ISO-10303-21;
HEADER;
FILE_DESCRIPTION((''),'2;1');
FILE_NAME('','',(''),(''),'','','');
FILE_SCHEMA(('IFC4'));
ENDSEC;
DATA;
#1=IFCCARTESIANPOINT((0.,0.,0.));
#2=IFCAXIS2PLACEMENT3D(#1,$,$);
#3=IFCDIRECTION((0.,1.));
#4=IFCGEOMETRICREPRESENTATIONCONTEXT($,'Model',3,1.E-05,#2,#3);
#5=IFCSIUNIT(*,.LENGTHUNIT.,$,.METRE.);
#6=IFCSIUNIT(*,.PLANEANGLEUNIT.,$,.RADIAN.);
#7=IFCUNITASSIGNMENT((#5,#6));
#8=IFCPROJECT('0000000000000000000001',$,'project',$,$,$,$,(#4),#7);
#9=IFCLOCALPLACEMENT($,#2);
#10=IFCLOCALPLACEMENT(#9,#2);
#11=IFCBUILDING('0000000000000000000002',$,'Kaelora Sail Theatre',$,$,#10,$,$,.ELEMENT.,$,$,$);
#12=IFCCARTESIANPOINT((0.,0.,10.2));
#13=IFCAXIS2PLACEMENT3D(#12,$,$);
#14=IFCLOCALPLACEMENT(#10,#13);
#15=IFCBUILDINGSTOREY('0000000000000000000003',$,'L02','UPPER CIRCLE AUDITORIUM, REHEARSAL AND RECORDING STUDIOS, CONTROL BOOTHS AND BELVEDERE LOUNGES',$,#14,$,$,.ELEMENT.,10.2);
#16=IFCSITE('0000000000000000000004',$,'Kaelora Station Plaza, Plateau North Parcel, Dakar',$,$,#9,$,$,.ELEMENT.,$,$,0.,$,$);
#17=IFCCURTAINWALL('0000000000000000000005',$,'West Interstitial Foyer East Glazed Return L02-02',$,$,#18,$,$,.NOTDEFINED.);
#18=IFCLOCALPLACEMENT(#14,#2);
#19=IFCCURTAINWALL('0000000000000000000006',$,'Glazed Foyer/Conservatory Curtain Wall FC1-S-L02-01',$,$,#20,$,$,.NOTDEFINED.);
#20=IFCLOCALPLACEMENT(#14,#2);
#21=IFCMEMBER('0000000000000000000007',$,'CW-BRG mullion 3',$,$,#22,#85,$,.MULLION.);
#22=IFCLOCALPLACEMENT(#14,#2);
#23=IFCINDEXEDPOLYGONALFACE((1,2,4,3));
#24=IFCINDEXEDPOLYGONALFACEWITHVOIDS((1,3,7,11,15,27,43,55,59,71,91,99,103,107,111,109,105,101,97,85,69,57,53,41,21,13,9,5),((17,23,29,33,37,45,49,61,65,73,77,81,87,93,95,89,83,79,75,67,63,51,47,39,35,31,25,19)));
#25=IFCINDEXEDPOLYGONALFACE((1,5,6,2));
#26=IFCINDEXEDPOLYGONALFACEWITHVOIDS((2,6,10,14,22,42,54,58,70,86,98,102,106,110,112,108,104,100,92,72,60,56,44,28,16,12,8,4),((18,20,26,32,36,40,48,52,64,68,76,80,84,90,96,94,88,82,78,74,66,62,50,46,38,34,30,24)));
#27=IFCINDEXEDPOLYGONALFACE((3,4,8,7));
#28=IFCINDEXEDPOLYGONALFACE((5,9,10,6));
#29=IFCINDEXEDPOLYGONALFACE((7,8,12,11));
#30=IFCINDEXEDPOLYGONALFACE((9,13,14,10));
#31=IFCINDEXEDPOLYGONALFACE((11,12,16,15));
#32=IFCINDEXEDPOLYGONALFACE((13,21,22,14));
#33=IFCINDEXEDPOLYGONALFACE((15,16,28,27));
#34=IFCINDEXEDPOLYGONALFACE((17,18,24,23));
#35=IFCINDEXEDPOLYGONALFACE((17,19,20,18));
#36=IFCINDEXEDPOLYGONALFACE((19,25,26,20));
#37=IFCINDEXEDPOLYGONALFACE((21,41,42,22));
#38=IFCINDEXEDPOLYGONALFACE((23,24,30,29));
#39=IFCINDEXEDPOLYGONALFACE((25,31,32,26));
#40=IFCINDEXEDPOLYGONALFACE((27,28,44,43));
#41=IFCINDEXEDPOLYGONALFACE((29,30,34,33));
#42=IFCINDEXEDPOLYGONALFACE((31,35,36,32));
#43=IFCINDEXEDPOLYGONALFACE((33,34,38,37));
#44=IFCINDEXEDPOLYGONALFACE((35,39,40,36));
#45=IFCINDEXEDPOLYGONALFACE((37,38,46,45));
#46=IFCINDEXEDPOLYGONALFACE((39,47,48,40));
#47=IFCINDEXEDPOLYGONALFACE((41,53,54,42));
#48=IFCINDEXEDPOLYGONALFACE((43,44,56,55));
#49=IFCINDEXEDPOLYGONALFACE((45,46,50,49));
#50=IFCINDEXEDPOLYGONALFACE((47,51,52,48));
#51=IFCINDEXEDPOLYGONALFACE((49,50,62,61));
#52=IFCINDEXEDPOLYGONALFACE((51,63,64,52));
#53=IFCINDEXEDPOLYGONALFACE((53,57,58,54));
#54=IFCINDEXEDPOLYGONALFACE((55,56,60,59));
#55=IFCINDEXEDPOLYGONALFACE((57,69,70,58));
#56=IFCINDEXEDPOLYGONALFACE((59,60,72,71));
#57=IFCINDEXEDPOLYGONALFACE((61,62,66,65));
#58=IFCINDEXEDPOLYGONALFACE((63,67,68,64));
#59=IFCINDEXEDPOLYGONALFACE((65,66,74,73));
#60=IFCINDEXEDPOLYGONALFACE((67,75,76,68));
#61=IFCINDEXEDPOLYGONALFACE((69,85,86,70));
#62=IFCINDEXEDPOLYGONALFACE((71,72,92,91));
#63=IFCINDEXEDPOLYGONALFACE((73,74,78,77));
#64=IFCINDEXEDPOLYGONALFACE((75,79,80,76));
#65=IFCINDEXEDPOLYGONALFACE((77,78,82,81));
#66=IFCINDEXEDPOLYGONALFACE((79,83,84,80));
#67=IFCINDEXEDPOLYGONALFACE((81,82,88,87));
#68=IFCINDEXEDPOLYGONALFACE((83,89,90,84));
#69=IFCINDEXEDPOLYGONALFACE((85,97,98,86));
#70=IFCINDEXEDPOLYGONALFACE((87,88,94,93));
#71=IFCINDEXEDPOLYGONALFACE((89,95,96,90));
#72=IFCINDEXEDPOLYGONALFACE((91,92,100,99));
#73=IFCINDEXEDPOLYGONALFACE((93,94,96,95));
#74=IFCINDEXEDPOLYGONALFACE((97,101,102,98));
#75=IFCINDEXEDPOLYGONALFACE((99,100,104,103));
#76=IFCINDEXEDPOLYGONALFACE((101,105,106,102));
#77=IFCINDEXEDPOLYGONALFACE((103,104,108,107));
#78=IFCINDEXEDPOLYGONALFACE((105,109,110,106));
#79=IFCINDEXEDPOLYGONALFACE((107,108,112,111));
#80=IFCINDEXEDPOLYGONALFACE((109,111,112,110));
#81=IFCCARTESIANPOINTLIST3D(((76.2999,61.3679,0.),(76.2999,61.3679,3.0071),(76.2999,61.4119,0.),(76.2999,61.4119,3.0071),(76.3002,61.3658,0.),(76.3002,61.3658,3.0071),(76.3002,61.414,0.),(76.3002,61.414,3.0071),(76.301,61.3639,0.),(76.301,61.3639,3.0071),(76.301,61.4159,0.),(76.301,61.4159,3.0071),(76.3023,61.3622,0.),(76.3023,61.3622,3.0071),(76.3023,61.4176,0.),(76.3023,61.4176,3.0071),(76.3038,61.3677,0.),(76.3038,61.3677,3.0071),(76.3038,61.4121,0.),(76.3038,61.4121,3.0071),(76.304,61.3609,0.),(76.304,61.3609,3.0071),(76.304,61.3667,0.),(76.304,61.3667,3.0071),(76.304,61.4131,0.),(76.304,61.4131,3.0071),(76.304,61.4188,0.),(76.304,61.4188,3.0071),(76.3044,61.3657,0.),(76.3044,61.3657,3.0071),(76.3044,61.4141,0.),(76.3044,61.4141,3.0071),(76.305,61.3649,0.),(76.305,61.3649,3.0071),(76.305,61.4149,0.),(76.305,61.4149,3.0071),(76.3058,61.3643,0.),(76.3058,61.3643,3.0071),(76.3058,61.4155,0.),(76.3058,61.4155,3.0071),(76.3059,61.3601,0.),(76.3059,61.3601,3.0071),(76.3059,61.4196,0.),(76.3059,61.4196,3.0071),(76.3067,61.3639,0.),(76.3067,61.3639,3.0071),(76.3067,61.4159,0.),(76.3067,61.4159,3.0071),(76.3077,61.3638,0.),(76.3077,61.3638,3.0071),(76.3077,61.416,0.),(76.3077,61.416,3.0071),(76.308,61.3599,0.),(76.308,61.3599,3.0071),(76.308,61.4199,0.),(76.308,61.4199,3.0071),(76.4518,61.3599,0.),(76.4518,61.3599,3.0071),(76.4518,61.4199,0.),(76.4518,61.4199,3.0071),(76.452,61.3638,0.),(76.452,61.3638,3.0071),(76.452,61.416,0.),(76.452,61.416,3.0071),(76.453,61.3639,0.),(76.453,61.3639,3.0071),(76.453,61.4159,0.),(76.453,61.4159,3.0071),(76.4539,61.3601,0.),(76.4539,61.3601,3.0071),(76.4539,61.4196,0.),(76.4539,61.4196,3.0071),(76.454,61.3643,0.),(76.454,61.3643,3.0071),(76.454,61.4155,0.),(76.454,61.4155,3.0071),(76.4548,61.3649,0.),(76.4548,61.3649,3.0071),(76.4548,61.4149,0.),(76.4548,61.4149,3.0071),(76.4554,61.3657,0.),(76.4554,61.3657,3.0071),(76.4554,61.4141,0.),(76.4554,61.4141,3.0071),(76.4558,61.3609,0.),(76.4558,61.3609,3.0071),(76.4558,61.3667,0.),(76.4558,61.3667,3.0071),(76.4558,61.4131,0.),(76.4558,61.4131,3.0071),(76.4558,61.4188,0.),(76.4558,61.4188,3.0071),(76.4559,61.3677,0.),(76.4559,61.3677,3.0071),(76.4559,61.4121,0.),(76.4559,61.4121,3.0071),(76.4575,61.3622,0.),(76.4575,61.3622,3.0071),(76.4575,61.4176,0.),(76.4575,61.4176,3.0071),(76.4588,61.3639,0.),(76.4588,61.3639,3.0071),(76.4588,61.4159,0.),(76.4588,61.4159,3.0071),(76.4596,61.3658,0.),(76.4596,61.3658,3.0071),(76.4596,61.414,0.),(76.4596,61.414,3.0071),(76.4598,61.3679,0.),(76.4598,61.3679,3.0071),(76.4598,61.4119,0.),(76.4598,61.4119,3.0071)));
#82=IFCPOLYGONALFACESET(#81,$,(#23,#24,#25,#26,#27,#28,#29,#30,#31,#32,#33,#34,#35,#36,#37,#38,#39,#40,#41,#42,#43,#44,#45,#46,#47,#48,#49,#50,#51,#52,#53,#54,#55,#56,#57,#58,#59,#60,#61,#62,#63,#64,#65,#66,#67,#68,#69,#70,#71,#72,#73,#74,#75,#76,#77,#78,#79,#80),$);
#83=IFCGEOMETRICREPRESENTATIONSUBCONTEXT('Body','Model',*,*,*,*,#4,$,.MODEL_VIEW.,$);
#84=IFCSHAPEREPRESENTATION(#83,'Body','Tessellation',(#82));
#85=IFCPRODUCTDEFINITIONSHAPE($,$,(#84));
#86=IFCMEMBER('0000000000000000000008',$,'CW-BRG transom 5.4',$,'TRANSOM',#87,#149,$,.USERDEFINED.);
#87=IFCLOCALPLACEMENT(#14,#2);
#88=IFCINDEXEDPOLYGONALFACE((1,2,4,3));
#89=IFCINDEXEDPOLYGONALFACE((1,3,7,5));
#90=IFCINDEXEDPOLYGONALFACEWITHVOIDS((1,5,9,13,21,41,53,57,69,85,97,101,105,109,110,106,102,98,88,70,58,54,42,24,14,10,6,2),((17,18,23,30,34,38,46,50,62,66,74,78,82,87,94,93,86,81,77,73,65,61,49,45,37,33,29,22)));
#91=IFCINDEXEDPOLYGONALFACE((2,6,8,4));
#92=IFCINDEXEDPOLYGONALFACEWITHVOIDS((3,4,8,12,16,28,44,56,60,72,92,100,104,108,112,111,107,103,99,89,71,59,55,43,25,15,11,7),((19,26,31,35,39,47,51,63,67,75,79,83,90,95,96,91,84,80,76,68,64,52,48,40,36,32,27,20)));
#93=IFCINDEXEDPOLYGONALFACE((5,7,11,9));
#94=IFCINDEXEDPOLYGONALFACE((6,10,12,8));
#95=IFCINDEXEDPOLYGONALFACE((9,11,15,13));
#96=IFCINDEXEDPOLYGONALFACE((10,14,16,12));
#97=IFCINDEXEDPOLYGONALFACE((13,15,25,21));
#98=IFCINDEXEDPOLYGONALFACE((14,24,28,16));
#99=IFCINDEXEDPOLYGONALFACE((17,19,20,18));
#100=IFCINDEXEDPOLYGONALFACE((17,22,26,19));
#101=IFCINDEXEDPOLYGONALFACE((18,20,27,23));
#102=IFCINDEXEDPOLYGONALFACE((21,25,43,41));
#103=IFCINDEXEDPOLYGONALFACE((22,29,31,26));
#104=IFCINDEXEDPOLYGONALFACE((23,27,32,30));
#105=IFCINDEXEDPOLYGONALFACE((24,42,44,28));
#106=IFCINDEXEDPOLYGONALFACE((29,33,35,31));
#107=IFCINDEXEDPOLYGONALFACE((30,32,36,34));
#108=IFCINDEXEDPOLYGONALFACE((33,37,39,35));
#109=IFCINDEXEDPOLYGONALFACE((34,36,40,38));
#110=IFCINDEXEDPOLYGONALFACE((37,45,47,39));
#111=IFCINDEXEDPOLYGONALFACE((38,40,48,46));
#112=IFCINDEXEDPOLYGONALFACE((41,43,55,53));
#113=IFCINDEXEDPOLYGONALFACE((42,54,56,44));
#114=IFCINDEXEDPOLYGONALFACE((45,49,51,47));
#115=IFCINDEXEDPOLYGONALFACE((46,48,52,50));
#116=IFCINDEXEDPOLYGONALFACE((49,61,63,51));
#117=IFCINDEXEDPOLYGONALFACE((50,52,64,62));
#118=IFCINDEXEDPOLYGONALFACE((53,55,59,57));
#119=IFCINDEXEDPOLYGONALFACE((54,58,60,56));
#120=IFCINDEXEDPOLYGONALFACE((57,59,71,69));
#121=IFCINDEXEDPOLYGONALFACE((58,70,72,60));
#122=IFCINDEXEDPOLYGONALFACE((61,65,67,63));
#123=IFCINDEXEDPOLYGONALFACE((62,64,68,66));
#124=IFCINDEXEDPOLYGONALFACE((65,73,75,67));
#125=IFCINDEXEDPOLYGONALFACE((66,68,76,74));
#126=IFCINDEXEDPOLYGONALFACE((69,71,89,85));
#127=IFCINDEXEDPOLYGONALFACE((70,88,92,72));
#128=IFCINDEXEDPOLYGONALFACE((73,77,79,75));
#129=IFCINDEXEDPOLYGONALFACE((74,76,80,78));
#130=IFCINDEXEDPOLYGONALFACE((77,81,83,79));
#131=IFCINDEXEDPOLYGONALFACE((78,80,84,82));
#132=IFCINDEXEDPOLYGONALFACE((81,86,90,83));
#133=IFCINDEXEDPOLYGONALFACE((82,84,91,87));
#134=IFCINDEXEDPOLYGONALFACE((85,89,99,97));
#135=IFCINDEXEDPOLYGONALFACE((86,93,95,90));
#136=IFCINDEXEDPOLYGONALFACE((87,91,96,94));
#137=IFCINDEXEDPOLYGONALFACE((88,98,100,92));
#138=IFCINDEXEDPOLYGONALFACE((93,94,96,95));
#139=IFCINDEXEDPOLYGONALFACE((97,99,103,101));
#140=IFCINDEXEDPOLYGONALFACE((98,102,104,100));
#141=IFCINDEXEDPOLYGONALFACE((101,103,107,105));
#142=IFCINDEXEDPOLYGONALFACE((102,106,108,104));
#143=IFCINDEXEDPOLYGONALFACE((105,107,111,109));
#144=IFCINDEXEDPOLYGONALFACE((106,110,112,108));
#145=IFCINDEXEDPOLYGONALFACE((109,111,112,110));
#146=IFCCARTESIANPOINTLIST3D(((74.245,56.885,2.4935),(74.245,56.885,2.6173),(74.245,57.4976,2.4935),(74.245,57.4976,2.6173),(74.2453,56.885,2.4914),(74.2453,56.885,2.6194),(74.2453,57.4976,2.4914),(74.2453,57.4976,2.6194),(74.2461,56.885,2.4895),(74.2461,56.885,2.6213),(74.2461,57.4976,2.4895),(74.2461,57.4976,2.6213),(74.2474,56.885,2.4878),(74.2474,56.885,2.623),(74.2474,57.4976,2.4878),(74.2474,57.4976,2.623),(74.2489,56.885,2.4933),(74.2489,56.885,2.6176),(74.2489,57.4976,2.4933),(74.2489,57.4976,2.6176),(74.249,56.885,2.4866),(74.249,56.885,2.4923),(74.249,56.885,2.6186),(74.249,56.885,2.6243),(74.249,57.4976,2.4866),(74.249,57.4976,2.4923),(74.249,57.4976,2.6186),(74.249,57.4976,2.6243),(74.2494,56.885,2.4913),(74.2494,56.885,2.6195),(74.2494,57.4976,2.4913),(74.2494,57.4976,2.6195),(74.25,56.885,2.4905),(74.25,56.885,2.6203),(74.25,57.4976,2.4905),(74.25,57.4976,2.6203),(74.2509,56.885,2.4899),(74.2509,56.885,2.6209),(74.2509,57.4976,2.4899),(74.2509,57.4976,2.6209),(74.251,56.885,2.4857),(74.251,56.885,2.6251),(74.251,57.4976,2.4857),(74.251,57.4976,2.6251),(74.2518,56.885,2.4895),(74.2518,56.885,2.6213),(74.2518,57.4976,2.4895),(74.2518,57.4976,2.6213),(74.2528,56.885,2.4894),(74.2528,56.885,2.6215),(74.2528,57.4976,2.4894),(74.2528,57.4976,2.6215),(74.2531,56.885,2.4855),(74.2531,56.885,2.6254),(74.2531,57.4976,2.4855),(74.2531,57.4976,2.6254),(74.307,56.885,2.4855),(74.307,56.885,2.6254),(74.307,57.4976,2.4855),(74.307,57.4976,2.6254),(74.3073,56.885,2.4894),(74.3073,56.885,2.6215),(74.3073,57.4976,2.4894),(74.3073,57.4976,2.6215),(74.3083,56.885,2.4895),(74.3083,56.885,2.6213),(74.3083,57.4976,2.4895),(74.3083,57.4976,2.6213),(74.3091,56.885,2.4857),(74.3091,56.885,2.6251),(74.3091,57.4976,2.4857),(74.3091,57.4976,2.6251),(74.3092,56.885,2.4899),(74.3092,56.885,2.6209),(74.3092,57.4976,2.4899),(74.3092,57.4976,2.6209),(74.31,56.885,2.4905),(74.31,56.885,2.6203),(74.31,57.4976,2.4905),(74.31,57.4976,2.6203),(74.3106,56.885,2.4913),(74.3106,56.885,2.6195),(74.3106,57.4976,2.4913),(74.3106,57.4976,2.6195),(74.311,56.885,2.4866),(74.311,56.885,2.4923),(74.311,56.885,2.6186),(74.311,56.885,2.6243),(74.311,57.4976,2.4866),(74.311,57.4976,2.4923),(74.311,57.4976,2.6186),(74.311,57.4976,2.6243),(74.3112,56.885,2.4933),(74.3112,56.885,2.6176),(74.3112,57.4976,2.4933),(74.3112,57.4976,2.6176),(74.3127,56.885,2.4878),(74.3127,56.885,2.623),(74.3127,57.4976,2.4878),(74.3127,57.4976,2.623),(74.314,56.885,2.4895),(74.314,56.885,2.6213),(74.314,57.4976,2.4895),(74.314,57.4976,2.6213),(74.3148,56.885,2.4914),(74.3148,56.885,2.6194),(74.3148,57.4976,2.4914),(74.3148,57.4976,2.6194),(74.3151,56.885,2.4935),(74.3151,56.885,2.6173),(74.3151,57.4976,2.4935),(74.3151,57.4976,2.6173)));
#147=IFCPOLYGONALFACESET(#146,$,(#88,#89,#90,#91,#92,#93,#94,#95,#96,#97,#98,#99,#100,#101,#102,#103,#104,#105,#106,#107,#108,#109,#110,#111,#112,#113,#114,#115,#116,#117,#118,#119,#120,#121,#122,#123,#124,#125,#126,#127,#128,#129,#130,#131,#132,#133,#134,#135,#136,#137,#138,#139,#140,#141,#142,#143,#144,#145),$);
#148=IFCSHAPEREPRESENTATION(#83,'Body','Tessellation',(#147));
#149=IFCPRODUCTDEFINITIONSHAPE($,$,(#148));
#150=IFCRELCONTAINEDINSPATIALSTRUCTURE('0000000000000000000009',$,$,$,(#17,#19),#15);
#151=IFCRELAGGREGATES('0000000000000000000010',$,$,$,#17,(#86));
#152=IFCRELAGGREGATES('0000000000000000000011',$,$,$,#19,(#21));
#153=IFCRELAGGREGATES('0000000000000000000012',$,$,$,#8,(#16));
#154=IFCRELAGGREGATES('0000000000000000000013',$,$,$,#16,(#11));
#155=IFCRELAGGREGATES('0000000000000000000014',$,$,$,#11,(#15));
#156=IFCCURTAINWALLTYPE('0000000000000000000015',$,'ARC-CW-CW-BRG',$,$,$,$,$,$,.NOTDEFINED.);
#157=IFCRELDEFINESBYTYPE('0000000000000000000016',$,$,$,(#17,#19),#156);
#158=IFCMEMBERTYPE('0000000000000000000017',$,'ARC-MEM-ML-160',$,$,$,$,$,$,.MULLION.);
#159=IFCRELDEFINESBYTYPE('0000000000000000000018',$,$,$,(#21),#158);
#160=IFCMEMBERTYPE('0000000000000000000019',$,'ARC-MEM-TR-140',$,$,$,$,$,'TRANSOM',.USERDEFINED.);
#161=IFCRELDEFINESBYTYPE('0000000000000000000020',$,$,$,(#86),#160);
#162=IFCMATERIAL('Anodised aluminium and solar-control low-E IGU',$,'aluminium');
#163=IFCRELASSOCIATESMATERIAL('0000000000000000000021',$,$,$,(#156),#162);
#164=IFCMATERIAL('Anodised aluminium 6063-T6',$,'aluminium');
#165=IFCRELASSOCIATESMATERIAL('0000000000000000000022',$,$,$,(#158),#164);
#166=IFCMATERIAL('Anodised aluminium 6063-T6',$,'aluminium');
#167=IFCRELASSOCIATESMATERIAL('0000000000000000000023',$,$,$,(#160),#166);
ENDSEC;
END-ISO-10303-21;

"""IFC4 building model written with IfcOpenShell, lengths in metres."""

from ifc_helpers import new_model, si_unit, direction, frame, origin, origin_2d, place, context, subcontext, project, spatial, hollow_rectangle, extrude, material, material_profile, profile_set, type_object, element, aggregate, save


model = new_model("IFC4")

# Units and contexts
model_context = context("Model", 3, precision=1e-05, world=origin(), true_north=direction((0.0, 1.0)))
body_context = subcontext(model_context, "Body", "Model", "MODEL_VIEW")
ifc_project = project(units=[si_unit("LENGTHUNIT", "METRE"), si_unit("PLANEANGLEUNIT", "RADIAN")], contexts=[model_context])

# Site, building, storey
site_placement = place(None, origin())
site = spatial("IfcSite", under=ifc_project, at=site_placement, Name="Kaelora Station Plaza, Plateau North Parcel, Dakar", CompositionType="ELEMENT", RefElevation=0.0)
building_placement = place(site_placement, origin())
building = spatial("IfcBuilding", under=site, at=building_placement, Name="Kaelora Sail Theatre", CompositionType="ELEMENT")
storey_placement = place(building_placement, frame((0.0, 0.0, 10.2)))
storey = spatial("IfcBuildingStorey", under=building, at=storey_placement, Name="L02", Description="UPPER CIRCLE AUDITORIUM, REHEARSAL AND RECORDING STUDIOS, CONTROL BOOTHS AND BELVEDERE LOUNGES", CompositionType="ELEMENT", Elevation=10.2)

# Curtain walls, member
ifc_material_1 = material(Name="Anodised aluminium and solar-control low-E IGU", Category="aluminium")
curtain_wall_type = type_object("IfcCurtainWallType", Name="ARC-CW-CW-BRG", PredefinedType="NOTDEFINED", material=ifc_material_1)
curtain_wall_1_placement = place(storey_placement, origin())
curtain_wall_1 = element("IfcCurtainWall", 1, at=curtain_wall_1_placement, inside=storey, type_object=curtain_wall_type, Name="West Interstitial Foyer East Glazed Return L02-02", PredefinedType="NOTDEFINED")
ifc_material_2 = material(Name="Anodised aluminium 6063-T6", Category="aluminium")
ifc_material_profile_1 = material_profile(ifc_material_2, hollow_rectangle(XDim=0.0601, YDim=0.1599, WallThickness=0.0039, InnerFilletRadius=0.0039, OuterFilletRadius=0.0081, at=origin_2d()), Name="ALU-MULL 60x160x4")
ifc_profile_set_1 = profile_set([ifc_material_profile_1], Name="Anodised aluminium 6063-T6")
member_type_1 = type_object("IfcMemberType", Name="ARC-MEM-ML-160", PredefinedType="MULLION", material=ifc_profile_set_1)
curtain_wall_2_placement = place(storey_placement, origin())
curtain_wall_2 = element("IfcCurtainWall", 2, at=curtain_wall_2_placement, inside=storey, type_object=curtain_wall_type, Name="Glazed Foyer/Conservatory Curtain Wall FC1-S-L02-01", PredefinedType="NOTDEFINED")
member_1_placement = place(storey_placement, frame((76.3799, 61.3899, 0.0), z_axis=(0.0, 0.0, 1.0), x_axis=(0.0, 1.0, 0.0)))
member_1 = element("IfcMember", 3, at=member_1_placement, type_object=member_type_1, Name="CW-BRG mullion 3", PredefinedType="MULLION", context=body_context, shape_type="SweptSolid", body=[
    extrude(hollow_rectangle(XDim=0.0601, YDim=0.1599, WallThickness=0.0039, InnerFilletRadius=0.0039, OuterFilletRadius=0.0081, at=origin_2d()), origin(), (0.0, 0.0, 1.0), 3.0071),
])

# Member
ifc_material_3 = material(Name="Anodised aluminium 6063-T6", Category="aluminium")
ifc_material_profile_2 = material_profile(ifc_material_3, hollow_rectangle(XDim=0.0701, YDim=0.1399, WallThickness=0.0039, InnerFilletRadius=0.0039, OuterFilletRadius=0.0081, at=origin_2d()), Name="ALU-TRAN 70x140x4")
ifc_profile_set_2 = profile_set([ifc_material_profile_2], Name="Anodised aluminium 6063-T6")
member_type_2 = type_object("IfcMemberType", Name="ARC-MEM-TR-140", ElementType="TRANSOM", PredefinedType="USERDEFINED", material=ifc_profile_set_2)
member_2_placement = place(storey_placement, frame((74.28, 56.885, 2.5554), z_axis=(0.0, 1.0, 0.0), x_axis=(-1.0, 0.0, 0.0)))
member_2 = element("IfcMember", 4, at=member_2_placement, type_object=member_type_2, Name="CW-BRG transom 5.4", ObjectType="TRANSOM", PredefinedType="USERDEFINED", context=body_context, shape_type="SweptSolid", body=[
    extrude(hollow_rectangle(XDim=0.0701, YDim=0.1399, WallThickness=0.0039, InnerFilletRadius=0.0039, OuterFilletRadius=0.0081, at=origin_2d()), origin(), (0.0, 0.0, 1.0), 0.6125),
])

aggregate(curtain_wall_1, [member_2])
aggregate(curtain_wall_2, [member_1])

save(model, "model.ifc")
